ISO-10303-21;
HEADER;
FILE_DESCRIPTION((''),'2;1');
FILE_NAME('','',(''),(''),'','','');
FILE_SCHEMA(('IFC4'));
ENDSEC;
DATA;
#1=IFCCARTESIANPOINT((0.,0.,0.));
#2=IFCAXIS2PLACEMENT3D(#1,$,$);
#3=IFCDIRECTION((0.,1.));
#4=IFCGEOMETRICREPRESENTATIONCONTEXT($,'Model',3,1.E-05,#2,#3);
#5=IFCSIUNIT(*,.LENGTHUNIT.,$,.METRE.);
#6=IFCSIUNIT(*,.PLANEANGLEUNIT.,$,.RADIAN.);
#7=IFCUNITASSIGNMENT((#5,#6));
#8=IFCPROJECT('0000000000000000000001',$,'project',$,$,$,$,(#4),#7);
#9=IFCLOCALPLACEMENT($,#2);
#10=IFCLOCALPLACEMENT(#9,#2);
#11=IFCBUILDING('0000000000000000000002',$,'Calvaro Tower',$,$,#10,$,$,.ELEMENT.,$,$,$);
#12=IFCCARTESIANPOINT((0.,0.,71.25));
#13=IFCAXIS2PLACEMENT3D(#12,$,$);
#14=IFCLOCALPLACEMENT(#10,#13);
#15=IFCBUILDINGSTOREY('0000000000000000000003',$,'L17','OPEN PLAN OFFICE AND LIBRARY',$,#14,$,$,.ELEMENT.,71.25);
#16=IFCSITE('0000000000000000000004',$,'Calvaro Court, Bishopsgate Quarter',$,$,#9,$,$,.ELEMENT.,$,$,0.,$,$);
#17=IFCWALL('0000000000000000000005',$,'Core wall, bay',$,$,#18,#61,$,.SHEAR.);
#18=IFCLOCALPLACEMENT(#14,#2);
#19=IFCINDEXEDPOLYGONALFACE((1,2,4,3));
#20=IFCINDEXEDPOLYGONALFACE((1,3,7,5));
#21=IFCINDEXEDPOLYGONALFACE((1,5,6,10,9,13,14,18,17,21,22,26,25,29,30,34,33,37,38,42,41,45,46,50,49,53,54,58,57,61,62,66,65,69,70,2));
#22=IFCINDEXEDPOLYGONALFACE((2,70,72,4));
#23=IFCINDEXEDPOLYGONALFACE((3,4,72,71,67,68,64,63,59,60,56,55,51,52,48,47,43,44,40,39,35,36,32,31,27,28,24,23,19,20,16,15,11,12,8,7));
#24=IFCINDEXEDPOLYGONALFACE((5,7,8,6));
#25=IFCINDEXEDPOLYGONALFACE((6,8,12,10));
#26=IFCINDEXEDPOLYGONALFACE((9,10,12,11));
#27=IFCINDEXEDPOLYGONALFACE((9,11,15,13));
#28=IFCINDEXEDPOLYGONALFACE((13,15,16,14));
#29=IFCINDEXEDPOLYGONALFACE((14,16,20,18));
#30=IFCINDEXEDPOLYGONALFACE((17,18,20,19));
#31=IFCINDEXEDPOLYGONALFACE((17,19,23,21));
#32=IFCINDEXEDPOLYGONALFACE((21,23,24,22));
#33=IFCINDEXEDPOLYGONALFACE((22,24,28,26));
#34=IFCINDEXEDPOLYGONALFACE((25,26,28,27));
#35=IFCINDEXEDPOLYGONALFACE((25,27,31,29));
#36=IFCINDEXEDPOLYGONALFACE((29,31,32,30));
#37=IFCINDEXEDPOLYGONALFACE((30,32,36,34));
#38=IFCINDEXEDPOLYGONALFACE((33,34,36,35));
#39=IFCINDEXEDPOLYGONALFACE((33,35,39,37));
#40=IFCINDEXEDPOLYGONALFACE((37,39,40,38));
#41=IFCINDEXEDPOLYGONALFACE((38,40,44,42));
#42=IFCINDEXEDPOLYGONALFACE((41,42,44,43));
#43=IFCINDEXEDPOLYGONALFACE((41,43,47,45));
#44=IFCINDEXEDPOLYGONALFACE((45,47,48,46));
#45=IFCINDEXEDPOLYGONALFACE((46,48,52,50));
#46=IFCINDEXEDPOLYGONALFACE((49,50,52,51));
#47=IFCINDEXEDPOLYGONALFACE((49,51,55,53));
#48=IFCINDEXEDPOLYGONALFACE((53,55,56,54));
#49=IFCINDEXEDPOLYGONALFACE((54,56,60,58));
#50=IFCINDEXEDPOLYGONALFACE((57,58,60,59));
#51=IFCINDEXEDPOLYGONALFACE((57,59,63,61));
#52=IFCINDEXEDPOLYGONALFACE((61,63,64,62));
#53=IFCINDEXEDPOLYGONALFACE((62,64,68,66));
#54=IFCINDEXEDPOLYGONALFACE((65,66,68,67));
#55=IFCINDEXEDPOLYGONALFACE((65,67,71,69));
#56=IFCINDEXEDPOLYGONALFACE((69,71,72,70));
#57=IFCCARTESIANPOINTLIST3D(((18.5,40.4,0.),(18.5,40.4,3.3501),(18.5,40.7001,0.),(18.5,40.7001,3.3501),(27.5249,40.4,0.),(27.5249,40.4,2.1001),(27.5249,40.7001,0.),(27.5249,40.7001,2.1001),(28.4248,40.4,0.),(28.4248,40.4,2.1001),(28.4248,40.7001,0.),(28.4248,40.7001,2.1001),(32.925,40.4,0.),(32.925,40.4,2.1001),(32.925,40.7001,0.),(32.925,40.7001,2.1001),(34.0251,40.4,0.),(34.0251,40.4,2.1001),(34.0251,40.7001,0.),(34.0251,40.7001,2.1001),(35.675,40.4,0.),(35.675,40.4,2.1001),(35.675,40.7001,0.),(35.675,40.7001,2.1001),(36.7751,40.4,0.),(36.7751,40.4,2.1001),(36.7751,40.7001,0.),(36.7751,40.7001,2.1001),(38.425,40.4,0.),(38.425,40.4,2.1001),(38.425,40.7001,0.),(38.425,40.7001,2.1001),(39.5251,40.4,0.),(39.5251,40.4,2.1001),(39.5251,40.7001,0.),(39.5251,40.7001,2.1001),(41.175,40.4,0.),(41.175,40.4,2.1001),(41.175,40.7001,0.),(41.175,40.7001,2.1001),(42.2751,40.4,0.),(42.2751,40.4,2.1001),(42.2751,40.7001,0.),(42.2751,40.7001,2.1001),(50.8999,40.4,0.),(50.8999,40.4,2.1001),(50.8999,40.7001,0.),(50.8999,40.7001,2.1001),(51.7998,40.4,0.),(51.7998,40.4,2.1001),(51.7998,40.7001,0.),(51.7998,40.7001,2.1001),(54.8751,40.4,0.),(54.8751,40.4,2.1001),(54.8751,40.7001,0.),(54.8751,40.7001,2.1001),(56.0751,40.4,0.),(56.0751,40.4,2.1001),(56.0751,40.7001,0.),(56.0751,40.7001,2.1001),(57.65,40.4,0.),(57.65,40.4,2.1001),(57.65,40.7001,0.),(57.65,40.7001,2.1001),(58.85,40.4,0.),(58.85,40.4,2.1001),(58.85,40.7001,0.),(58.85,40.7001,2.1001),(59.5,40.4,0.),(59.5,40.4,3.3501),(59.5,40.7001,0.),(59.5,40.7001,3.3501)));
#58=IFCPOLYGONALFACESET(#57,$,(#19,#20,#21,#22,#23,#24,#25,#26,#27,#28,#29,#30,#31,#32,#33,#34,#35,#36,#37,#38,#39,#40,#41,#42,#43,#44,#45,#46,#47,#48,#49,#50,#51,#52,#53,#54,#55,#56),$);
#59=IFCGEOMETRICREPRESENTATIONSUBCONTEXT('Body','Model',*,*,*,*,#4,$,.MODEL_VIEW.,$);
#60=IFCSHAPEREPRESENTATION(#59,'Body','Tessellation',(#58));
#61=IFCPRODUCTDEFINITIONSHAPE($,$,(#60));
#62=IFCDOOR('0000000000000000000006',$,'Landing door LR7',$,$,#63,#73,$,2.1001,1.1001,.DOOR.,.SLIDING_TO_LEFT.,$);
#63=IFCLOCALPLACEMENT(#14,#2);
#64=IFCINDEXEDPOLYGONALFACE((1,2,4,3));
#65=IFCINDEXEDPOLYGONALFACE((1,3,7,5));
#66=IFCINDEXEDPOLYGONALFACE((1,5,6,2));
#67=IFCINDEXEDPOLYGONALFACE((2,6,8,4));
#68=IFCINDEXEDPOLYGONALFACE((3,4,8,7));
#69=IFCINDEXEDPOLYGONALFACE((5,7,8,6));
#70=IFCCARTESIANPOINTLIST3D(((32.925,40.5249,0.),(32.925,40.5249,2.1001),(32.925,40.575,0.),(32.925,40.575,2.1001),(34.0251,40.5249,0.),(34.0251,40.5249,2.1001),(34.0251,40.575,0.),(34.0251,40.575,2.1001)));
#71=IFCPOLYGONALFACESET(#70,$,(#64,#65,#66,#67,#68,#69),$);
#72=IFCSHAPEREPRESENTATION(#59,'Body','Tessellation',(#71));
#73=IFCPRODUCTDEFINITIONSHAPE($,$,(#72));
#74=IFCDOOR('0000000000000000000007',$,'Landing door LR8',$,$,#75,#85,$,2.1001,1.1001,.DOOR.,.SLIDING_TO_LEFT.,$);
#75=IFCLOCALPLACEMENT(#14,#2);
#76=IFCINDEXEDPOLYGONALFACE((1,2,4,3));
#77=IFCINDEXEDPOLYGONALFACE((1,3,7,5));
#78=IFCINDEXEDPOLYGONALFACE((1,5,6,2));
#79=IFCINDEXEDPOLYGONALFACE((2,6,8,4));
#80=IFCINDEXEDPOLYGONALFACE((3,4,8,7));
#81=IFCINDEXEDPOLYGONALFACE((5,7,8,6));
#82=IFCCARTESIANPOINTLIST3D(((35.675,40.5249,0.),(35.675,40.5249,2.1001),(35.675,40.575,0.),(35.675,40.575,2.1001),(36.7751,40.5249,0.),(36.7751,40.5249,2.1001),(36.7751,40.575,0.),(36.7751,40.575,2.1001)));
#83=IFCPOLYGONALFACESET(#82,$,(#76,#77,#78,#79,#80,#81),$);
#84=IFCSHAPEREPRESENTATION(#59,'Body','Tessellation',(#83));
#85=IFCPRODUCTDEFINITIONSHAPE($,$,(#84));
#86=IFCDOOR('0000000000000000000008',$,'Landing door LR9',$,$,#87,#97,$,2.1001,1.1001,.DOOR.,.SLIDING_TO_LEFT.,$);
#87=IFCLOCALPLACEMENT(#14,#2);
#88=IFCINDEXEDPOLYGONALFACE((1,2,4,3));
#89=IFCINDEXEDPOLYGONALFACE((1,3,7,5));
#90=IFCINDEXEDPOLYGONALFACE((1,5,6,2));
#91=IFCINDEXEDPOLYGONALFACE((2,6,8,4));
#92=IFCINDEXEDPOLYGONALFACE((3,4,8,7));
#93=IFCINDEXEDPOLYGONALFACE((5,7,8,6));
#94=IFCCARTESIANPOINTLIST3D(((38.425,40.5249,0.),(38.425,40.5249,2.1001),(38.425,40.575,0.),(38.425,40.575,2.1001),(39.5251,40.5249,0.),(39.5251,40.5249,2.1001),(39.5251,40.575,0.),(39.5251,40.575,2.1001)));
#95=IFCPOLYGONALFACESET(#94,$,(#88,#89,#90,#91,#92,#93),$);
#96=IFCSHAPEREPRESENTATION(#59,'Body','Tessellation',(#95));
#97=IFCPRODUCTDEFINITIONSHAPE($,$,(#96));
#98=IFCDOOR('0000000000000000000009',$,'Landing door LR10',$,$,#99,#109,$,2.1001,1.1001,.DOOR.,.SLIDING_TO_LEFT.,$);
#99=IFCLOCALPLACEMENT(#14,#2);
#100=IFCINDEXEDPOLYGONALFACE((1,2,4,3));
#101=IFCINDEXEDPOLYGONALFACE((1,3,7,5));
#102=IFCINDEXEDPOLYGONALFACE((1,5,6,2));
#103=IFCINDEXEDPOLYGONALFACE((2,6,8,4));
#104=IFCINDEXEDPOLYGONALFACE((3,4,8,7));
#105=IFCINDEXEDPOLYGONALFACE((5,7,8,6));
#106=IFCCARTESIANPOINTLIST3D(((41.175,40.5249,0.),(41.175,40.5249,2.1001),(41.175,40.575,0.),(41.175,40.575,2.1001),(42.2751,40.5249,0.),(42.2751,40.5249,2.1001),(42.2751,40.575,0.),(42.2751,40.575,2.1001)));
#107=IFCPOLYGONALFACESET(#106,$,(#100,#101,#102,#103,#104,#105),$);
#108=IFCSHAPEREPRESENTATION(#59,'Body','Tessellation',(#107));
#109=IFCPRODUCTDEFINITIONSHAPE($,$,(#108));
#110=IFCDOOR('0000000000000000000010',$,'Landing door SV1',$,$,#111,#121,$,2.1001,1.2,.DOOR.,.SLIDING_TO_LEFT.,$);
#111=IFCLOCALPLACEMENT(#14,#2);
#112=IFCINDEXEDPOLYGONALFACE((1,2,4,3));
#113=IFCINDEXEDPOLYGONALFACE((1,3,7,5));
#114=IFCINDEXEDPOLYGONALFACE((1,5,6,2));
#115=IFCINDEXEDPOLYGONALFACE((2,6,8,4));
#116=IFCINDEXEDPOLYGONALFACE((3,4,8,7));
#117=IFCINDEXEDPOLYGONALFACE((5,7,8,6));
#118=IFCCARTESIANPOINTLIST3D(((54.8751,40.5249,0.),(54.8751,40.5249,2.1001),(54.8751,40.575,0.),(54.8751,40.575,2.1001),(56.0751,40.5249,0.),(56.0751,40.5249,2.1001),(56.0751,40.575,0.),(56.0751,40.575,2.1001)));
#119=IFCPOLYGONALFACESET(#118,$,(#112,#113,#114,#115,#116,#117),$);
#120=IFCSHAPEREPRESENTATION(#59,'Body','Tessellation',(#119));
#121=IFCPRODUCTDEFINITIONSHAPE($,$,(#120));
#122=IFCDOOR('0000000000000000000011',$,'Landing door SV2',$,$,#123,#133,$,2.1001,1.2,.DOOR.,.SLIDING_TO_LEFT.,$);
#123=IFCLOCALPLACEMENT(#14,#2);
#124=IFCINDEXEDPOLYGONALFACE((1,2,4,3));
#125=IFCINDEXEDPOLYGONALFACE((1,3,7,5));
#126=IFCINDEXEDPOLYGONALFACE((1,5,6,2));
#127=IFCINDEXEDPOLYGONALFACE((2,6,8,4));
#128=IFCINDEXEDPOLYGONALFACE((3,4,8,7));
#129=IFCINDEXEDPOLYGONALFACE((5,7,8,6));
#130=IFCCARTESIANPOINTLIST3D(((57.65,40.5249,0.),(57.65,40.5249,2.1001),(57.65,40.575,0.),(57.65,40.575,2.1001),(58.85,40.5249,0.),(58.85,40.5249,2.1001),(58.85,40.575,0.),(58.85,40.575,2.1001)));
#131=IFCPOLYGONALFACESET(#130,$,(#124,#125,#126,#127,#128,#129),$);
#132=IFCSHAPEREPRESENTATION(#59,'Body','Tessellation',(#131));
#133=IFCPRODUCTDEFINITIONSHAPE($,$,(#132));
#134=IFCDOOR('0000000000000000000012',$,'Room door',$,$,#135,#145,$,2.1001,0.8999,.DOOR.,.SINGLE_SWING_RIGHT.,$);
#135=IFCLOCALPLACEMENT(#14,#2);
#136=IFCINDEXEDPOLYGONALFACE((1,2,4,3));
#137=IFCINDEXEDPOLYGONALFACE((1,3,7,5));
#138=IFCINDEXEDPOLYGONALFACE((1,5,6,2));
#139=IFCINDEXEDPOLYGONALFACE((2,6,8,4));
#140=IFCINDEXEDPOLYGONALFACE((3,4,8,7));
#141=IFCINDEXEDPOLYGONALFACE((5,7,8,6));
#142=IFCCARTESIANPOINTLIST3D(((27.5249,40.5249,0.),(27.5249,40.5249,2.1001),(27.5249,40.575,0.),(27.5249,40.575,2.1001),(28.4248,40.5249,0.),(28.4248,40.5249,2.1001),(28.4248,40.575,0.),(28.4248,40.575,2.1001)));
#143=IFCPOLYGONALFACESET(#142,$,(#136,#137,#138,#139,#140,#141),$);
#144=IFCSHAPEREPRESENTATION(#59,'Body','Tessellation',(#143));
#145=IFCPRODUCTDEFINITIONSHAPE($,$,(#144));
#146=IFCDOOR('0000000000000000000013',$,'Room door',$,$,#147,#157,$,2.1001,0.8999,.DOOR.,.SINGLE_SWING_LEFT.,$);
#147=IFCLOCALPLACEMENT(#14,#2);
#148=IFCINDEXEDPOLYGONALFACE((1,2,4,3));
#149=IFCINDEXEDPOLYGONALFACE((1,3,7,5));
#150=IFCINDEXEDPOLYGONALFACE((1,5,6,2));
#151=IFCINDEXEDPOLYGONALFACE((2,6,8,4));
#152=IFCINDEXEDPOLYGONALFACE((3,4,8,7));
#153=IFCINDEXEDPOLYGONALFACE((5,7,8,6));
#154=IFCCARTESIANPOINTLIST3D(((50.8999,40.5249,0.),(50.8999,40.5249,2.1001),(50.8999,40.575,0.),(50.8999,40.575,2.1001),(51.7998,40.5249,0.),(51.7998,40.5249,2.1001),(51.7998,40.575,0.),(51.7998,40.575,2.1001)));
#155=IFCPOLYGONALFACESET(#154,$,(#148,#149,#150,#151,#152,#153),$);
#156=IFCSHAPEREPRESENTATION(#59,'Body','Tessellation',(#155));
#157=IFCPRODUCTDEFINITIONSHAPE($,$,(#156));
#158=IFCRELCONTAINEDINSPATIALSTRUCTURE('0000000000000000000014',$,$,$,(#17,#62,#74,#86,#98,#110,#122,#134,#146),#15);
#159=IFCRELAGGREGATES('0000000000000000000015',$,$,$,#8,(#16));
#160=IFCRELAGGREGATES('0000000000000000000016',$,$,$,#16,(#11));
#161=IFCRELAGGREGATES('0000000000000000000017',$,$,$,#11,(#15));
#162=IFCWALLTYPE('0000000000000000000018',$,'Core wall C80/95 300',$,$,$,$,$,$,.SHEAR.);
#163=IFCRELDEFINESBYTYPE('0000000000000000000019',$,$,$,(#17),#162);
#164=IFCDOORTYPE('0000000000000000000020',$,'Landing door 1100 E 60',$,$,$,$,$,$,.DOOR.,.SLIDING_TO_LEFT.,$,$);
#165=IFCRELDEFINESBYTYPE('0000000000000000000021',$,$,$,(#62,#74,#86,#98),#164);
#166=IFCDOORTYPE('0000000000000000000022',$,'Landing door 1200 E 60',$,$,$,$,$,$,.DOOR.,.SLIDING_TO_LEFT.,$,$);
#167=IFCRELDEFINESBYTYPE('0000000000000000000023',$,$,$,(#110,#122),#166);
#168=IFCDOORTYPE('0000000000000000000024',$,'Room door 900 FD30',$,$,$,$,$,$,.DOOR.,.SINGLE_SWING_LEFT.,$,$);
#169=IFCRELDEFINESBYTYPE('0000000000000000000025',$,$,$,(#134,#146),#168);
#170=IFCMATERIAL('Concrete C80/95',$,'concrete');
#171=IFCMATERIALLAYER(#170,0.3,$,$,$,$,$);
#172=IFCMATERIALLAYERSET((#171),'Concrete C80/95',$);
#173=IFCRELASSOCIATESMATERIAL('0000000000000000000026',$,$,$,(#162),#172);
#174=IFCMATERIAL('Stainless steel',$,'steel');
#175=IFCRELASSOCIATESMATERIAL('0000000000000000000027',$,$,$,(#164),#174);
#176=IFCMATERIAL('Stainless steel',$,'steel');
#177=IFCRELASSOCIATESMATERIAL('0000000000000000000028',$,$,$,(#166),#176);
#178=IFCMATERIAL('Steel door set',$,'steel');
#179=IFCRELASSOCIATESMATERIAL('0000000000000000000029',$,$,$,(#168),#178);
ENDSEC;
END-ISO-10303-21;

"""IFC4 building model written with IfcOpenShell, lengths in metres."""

from ifc_helpers import new_model, si_unit, direction, frame, frame_2d, origin, place, context, subcontext, project, spatial, rectangle, extrude, material, layer, layer_set, type_object, element, fill, save


model = new_model("IFC4")

# Units and contexts
model_context = context("Model", 3, precision=1e-05, world=origin(), true_north=direction((0.0, 1.0)))
body_context = subcontext(model_context, "Body", "Model", "MODEL_VIEW")
ifc_project = project(units=[si_unit("LENGTHUNIT", "METRE"), si_unit("PLANEANGLEUNIT", "RADIAN")], contexts=[model_context])

# Site, building, storey
site_placement = place(None, origin())
site = spatial("IfcSite", under=ifc_project, at=site_placement, Name="Calvaro Court, Bishopsgate Quarter", CompositionType="ELEMENT", RefElevation=0.0)
building_placement = place(site_placement, origin())
building = spatial("IfcBuilding", under=site, at=building_placement, Name="Calvaro Tower", CompositionType="ELEMENT")
storey_placement = place(building_placement, frame((0.0, 0.0, 71.25)))
storey = spatial("IfcBuildingStorey", under=building, at=storey_placement, Name="L17", Description="OPEN PLAN OFFICE AND LIBRARY", CompositionType="ELEMENT", Elevation=71.25)

# Shared definitions
ifc_material_1 = material(Name="Concrete C80/95", Category="concrete")
ifc_layer_1 = layer(ifc_material_1, 0.3)
ifc_layer_set_1 = layer_set([ifc_layer_1], Name="Concrete C80/95")
wall_type_1 = type_object("IfcWallType", Name="Core wall C80/95 300", PredefinedType="SHEAR", material=ifc_layer_set_1)
ifc_material_2 = material(Name="Stainless steel", Category="steel")
door_type_1 = type_object("IfcDoorType", Name="Landing door 1100 E 60", OperationType="SLIDING_TO_LEFT", PredefinedType="DOOR", material=ifc_material_2)

# Wall, openings, doors
wall_1_placement = place(storey_placement, frame((18.5, 40.55, 0.0), z_axis=(0.0, 0.0, 1.0), x_axis=(1.0, 0.0, 0.0)))
wall_1 = element("IfcWall", 1, at=wall_1_placement, inside=storey, type_object=wall_type_1, Name="Core wall, bay", PredefinedType="SHEAR", context=body_context, shape_type="SweptSolid", body=[
    extrude(rectangle(XDim=41.0, YDim=0.3, at=frame_2d((20.5, 0.0))), origin(), (0.0, 0.0, 1.0), 3.3501),
])
opening_1_placement = place(wall_1_placement, frame((9.0249, 0.0, 0.0)))
opening_1 = element("IfcOpeningElement", 2, at=opening_1_placement, cuts=wall_1, PredefinedType="OPENING", context=body_context, shape_type="SweptSolid", body=[
    extrude(rectangle(XDim=0.8999, YDim=2.1001, at=frame_2d((0.45, 1.05))), frame((0.0, 0.1599, 0.0), z_axis=(0.0, -1.0, 0.0), x_axis=(1.0, 0.0, 0.0)), (0.0, 0.0, 1.0), 0.3201),
])
opening_2_placement = place(wall_1_placement, frame((32.3999, 0.0, 0.0)))
opening_2 = element("IfcOpeningElement", 3, at=opening_2_placement, cuts=wall_1, PredefinedType="OPENING", context=body_context, shape_type="SweptSolid", body=[
    extrude(rectangle(XDim=0.8999, YDim=2.1001, at=frame_2d((0.45, 1.05))), frame((0.0, 0.1599, 0.0), z_axis=(0.0, -1.0, 0.0), x_axis=(1.0, 0.0, 0.0)), (0.0, 0.0, 1.0), 0.3201),
])
opening_3_placement = place(wall_1_placement, frame((14.425, 0.0, 0.0)))
opening_3 = element("IfcOpeningElement", 4, at=opening_3_placement, cuts=wall_1, PredefinedType="OPENING", context=body_context, shape_type="SweptSolid", body=[
    extrude(rectangle(XDim=1.1001, YDim=2.1001, at=frame_2d((0.55, 1.05))), frame((0.0, 0.1599, 0.0), z_axis=(0.0, -1.0, 0.0), x_axis=(1.0, 0.0, 0.0)), (0.0, 0.0, 1.0), 0.3201),
])
opening_4_placement = place(wall_1_placement, frame((17.175, 0.0, 0.0)))
opening_4 = element("IfcOpeningElement", 5, at=opening_4_placement, cuts=wall_1, PredefinedType="OPENING", context=body_context, shape_type="SweptSolid", body=[
    extrude(rectangle(XDim=1.1001, YDim=2.1001, at=frame_2d((0.55, 1.05))), frame((0.0, 0.1599, 0.0), z_axis=(0.0, -1.0, 0.0), x_axis=(1.0, 0.0, 0.0)), (0.0, 0.0, 1.0), 0.3201),
])
opening_5_placement = place(wall_1_placement, frame((19.925, 0.0, 0.0)))
opening_5 = element("IfcOpeningElement", 6, at=opening_5_placement, cuts=wall_1, PredefinedType="OPENING", context=body_context, shape_type="SweptSolid", body=[
    extrude(rectangle(XDim=1.1001, YDim=2.1001, at=frame_2d((0.55, 1.05))), frame((0.0, 0.1599, 0.0), z_axis=(0.0, -1.0, 0.0), x_axis=(1.0, 0.0, 0.0)), (0.0, 0.0, 1.0), 0.3201),
])
opening_6_placement = place(wall_1_placement, frame((22.675, 0.0, 0.0)))
opening_6 = element("IfcOpeningElement", 7, at=opening_6_placement, cuts=wall_1, PredefinedType="OPENING", context=body_context, shape_type="SweptSolid", body=[
    extrude(rectangle(XDim=1.1001, YDim=2.1001, at=frame_2d((0.55, 1.05))), frame((0.0, 0.1599, 0.0), z_axis=(0.0, -1.0, 0.0), x_axis=(1.0, 0.0, 0.0)), (0.0, 0.0, 1.0), 0.3201),
])
opening_7_placement = place(wall_1_placement, frame((36.375, 0.0, 0.0)))
opening_7 = element("IfcOpeningElement", 8, at=opening_7_placement, cuts=wall_1, PredefinedType="OPENING", context=body_context, shape_type="SweptSolid", body=[
    extrude(rectangle(XDim=1.2, YDim=2.1001, at=frame_2d((0.6001, 1.05))), frame((0.0, 0.1599, 0.0), z_axis=(0.0, -1.0, 0.0), x_axis=(1.0, 0.0, 0.0)), (0.0, 0.0, 1.0), 0.3201),
])
opening_8_placement = place(wall_1_placement, frame((39.1499, 0.0, 0.0)))
opening_8 = element("IfcOpeningElement", 9, at=opening_8_placement, cuts=wall_1, PredefinedType="OPENING", context=body_context, shape_type="SweptSolid", body=[
    extrude(rectangle(XDim=1.2, YDim=2.1001, at=frame_2d((0.6001, 1.05))), frame((0.0, 0.1599, 0.0), z_axis=(0.0, -1.0, 0.0), x_axis=(1.0, 0.0, 0.0)), (0.0, 0.0, 1.0), 0.3201),
])
door_1_placement = place(opening_3_placement, origin())
door_1 = element("IfcDoor", 10, at=door_1_placement, inside=storey, type_object=door_type_1, Name="Landing door LR7", OperationType="SLIDING_TO_LEFT", OverallHeight=2.1001, OverallWidth=1.1001, PredefinedType="DOOR", context=body_context, shape_type="SweptSolid", body=[
    extrude(rectangle(XDim=1.1001, YDim=2.1001, at=frame_2d((0.55, 1.05))), frame((0.0, 0.0249, 0.0), z_axis=(0.0, -1.0, 0.0), x_axis=(1.0, 0.0, 0.0)), (0.0, 0.0, 1.0), 0.05),
])
fill(opening_3, door_1)
door_2_placement = place(opening_4_placement, origin())
door_2 = element("IfcDoor", 11, at=door_2_placement, inside=storey, type_object=door_type_1, Name="Landing door LR8", OperationType="SLIDING_TO_LEFT", OverallHeight=2.1001, OverallWidth=1.1001, PredefinedType="DOOR", context=body_context, shape_type="SweptSolid", body=[
    extrude(rectangle(XDim=1.1001, YDim=2.1001, at=frame_2d((0.55, 1.05))), frame((0.0, 0.0249, 0.0), z_axis=(0.0, -1.0, 0.0), x_axis=(1.0, 0.0, 0.0)), (0.0, 0.0, 1.0), 0.05),
])
fill(opening_4, door_2)
door_3_placement = place(opening_5_placement, origin())
door_3 = element("IfcDoor", 12, at=door_3_placement, inside=storey, type_object=door_type_1, Name="Landing door LR9", OperationType="SLIDING_TO_LEFT", OverallHeight=2.1001, OverallWidth=1.1001, PredefinedType="DOOR", context=body_context, shape_type="SweptSolid", body=[
    extrude(rectangle(XDim=1.1001, YDim=2.1001, at=frame_2d((0.55, 1.05))), frame((0.0, 0.0249, 0.0), z_axis=(0.0, -1.0, 0.0), x_axis=(1.0, 0.0, 0.0)), (0.0, 0.0, 1.0), 0.05),
])
fill(opening_5, door_3)
door_4_placement = place(opening_6_placement, origin())
door_4 = element("IfcDoor", 13, at=door_4_placement, inside=storey, type_object=door_type_1, Name="Landing door LR10", OperationType="SLIDING_TO_LEFT", OverallHeight=2.1001, OverallWidth=1.1001, PredefinedType="DOOR", context=body_context, shape_type="SweptSolid", body=[
    extrude(rectangle(XDim=1.1001, YDim=2.1001, at=frame_2d((0.55, 1.05))), frame((0.0, 0.0249, 0.0), z_axis=(0.0, -1.0, 0.0), x_axis=(1.0, 0.0, 0.0)), (0.0, 0.0, 1.0), 0.05),
])
fill(opening_6, door_4)
ifc_material_3 = material(Name="Stainless steel", Category="steel")
door_type_2 = type_object("IfcDoorType", Name="Landing door 1200 E 60", OperationType="SLIDING_TO_LEFT", PredefinedType="DOOR", material=ifc_material_3)
door_5_placement = place(opening_7_placement, origin())
door_5 = element("IfcDoor", 14, at=door_5_placement, inside=storey, type_object=door_type_2, Name="Landing door SV1", OperationType="SLIDING_TO_LEFT", OverallHeight=2.1001, OverallWidth=1.2, PredefinedType="DOOR", context=body_context, shape_type="SweptSolid", body=[
    extrude(rectangle(XDim=1.2, YDim=2.1001, at=frame_2d((0.6001, 1.05))), frame((0.0, 0.0249, 0.0), z_axis=(0.0, -1.0, 0.0), x_axis=(1.0, 0.0, 0.0)), (0.0, 0.0, 1.0), 0.05),
])
fill(opening_7, door_5)
door_6_placement = place(opening_8_placement, origin())
door_6 = element("IfcDoor", 15, at=door_6_placement, inside=storey, type_object=door_type_2, Name="Landing door SV2", OperationType="SLIDING_TO_LEFT", OverallHeight=2.1001, OverallWidth=1.2, PredefinedType="DOOR", context=body_context, shape_type="SweptSolid", body=[
    extrude(rectangle(XDim=1.2, YDim=2.1001, at=frame_2d((0.6001, 1.05))), frame((0.0, 0.0249, 0.0), z_axis=(0.0, -1.0, 0.0), x_axis=(1.0, 0.0, 0.0)), (0.0, 0.0, 1.0), 0.05),
])
fill(opening_8, door_6)
ifc_material_4 = material(Name="Steel door set", Category="steel")
door_type_3 = type_object("IfcDoorType", Name="Room door 900 FD30", OperationType="SINGLE_SWING_LEFT", PredefinedType="DOOR", material=ifc_material_4)
door_7_placement = place(opening_1_placement, origin())
door_7 = element("IfcDoor", 16, at=door_7_placement, inside=storey, type_object=door_type_3, Name="Room door", OperationType="SINGLE_SWING_RIGHT", OverallHeight=2.1001, OverallWidth=0.8999, PredefinedType="DOOR", context=body_context, shape_type="SweptSolid", body=[
    extrude(rectangle(XDim=0.8999, YDim=2.1001, at=frame_2d((0.45, 1.05))), frame((0.0, 0.0249, 0.0), z_axis=(0.0, -1.0, 0.0), x_axis=(1.0, 0.0, 0.0)), (0.0, 0.0, 1.0), 0.05),
])
fill(opening_1, door_7)
door_8_placement = place(opening_2_placement, origin())
door_8 = element("IfcDoor", 17, at=door_8_placement, inside=storey, type_object=door_type_3, Name="Room door", OperationType="SINGLE_SWING_LEFT", OverallHeight=2.1001, OverallWidth=0.8999, PredefinedType="DOOR", context=body_context, shape_type="SweptSolid", body=[
    extrude(rectangle(XDim=0.8999, YDim=2.1001, at=frame_2d((0.45, 1.05))), frame((0.0, 0.0249, 0.0), z_axis=(0.0, -1.0, 0.0), x_axis=(1.0, 0.0, 0.0)), (0.0, 0.0, 1.0), 0.05),
])
fill(opening_2, door_8)

save(model, "model.ifc")
